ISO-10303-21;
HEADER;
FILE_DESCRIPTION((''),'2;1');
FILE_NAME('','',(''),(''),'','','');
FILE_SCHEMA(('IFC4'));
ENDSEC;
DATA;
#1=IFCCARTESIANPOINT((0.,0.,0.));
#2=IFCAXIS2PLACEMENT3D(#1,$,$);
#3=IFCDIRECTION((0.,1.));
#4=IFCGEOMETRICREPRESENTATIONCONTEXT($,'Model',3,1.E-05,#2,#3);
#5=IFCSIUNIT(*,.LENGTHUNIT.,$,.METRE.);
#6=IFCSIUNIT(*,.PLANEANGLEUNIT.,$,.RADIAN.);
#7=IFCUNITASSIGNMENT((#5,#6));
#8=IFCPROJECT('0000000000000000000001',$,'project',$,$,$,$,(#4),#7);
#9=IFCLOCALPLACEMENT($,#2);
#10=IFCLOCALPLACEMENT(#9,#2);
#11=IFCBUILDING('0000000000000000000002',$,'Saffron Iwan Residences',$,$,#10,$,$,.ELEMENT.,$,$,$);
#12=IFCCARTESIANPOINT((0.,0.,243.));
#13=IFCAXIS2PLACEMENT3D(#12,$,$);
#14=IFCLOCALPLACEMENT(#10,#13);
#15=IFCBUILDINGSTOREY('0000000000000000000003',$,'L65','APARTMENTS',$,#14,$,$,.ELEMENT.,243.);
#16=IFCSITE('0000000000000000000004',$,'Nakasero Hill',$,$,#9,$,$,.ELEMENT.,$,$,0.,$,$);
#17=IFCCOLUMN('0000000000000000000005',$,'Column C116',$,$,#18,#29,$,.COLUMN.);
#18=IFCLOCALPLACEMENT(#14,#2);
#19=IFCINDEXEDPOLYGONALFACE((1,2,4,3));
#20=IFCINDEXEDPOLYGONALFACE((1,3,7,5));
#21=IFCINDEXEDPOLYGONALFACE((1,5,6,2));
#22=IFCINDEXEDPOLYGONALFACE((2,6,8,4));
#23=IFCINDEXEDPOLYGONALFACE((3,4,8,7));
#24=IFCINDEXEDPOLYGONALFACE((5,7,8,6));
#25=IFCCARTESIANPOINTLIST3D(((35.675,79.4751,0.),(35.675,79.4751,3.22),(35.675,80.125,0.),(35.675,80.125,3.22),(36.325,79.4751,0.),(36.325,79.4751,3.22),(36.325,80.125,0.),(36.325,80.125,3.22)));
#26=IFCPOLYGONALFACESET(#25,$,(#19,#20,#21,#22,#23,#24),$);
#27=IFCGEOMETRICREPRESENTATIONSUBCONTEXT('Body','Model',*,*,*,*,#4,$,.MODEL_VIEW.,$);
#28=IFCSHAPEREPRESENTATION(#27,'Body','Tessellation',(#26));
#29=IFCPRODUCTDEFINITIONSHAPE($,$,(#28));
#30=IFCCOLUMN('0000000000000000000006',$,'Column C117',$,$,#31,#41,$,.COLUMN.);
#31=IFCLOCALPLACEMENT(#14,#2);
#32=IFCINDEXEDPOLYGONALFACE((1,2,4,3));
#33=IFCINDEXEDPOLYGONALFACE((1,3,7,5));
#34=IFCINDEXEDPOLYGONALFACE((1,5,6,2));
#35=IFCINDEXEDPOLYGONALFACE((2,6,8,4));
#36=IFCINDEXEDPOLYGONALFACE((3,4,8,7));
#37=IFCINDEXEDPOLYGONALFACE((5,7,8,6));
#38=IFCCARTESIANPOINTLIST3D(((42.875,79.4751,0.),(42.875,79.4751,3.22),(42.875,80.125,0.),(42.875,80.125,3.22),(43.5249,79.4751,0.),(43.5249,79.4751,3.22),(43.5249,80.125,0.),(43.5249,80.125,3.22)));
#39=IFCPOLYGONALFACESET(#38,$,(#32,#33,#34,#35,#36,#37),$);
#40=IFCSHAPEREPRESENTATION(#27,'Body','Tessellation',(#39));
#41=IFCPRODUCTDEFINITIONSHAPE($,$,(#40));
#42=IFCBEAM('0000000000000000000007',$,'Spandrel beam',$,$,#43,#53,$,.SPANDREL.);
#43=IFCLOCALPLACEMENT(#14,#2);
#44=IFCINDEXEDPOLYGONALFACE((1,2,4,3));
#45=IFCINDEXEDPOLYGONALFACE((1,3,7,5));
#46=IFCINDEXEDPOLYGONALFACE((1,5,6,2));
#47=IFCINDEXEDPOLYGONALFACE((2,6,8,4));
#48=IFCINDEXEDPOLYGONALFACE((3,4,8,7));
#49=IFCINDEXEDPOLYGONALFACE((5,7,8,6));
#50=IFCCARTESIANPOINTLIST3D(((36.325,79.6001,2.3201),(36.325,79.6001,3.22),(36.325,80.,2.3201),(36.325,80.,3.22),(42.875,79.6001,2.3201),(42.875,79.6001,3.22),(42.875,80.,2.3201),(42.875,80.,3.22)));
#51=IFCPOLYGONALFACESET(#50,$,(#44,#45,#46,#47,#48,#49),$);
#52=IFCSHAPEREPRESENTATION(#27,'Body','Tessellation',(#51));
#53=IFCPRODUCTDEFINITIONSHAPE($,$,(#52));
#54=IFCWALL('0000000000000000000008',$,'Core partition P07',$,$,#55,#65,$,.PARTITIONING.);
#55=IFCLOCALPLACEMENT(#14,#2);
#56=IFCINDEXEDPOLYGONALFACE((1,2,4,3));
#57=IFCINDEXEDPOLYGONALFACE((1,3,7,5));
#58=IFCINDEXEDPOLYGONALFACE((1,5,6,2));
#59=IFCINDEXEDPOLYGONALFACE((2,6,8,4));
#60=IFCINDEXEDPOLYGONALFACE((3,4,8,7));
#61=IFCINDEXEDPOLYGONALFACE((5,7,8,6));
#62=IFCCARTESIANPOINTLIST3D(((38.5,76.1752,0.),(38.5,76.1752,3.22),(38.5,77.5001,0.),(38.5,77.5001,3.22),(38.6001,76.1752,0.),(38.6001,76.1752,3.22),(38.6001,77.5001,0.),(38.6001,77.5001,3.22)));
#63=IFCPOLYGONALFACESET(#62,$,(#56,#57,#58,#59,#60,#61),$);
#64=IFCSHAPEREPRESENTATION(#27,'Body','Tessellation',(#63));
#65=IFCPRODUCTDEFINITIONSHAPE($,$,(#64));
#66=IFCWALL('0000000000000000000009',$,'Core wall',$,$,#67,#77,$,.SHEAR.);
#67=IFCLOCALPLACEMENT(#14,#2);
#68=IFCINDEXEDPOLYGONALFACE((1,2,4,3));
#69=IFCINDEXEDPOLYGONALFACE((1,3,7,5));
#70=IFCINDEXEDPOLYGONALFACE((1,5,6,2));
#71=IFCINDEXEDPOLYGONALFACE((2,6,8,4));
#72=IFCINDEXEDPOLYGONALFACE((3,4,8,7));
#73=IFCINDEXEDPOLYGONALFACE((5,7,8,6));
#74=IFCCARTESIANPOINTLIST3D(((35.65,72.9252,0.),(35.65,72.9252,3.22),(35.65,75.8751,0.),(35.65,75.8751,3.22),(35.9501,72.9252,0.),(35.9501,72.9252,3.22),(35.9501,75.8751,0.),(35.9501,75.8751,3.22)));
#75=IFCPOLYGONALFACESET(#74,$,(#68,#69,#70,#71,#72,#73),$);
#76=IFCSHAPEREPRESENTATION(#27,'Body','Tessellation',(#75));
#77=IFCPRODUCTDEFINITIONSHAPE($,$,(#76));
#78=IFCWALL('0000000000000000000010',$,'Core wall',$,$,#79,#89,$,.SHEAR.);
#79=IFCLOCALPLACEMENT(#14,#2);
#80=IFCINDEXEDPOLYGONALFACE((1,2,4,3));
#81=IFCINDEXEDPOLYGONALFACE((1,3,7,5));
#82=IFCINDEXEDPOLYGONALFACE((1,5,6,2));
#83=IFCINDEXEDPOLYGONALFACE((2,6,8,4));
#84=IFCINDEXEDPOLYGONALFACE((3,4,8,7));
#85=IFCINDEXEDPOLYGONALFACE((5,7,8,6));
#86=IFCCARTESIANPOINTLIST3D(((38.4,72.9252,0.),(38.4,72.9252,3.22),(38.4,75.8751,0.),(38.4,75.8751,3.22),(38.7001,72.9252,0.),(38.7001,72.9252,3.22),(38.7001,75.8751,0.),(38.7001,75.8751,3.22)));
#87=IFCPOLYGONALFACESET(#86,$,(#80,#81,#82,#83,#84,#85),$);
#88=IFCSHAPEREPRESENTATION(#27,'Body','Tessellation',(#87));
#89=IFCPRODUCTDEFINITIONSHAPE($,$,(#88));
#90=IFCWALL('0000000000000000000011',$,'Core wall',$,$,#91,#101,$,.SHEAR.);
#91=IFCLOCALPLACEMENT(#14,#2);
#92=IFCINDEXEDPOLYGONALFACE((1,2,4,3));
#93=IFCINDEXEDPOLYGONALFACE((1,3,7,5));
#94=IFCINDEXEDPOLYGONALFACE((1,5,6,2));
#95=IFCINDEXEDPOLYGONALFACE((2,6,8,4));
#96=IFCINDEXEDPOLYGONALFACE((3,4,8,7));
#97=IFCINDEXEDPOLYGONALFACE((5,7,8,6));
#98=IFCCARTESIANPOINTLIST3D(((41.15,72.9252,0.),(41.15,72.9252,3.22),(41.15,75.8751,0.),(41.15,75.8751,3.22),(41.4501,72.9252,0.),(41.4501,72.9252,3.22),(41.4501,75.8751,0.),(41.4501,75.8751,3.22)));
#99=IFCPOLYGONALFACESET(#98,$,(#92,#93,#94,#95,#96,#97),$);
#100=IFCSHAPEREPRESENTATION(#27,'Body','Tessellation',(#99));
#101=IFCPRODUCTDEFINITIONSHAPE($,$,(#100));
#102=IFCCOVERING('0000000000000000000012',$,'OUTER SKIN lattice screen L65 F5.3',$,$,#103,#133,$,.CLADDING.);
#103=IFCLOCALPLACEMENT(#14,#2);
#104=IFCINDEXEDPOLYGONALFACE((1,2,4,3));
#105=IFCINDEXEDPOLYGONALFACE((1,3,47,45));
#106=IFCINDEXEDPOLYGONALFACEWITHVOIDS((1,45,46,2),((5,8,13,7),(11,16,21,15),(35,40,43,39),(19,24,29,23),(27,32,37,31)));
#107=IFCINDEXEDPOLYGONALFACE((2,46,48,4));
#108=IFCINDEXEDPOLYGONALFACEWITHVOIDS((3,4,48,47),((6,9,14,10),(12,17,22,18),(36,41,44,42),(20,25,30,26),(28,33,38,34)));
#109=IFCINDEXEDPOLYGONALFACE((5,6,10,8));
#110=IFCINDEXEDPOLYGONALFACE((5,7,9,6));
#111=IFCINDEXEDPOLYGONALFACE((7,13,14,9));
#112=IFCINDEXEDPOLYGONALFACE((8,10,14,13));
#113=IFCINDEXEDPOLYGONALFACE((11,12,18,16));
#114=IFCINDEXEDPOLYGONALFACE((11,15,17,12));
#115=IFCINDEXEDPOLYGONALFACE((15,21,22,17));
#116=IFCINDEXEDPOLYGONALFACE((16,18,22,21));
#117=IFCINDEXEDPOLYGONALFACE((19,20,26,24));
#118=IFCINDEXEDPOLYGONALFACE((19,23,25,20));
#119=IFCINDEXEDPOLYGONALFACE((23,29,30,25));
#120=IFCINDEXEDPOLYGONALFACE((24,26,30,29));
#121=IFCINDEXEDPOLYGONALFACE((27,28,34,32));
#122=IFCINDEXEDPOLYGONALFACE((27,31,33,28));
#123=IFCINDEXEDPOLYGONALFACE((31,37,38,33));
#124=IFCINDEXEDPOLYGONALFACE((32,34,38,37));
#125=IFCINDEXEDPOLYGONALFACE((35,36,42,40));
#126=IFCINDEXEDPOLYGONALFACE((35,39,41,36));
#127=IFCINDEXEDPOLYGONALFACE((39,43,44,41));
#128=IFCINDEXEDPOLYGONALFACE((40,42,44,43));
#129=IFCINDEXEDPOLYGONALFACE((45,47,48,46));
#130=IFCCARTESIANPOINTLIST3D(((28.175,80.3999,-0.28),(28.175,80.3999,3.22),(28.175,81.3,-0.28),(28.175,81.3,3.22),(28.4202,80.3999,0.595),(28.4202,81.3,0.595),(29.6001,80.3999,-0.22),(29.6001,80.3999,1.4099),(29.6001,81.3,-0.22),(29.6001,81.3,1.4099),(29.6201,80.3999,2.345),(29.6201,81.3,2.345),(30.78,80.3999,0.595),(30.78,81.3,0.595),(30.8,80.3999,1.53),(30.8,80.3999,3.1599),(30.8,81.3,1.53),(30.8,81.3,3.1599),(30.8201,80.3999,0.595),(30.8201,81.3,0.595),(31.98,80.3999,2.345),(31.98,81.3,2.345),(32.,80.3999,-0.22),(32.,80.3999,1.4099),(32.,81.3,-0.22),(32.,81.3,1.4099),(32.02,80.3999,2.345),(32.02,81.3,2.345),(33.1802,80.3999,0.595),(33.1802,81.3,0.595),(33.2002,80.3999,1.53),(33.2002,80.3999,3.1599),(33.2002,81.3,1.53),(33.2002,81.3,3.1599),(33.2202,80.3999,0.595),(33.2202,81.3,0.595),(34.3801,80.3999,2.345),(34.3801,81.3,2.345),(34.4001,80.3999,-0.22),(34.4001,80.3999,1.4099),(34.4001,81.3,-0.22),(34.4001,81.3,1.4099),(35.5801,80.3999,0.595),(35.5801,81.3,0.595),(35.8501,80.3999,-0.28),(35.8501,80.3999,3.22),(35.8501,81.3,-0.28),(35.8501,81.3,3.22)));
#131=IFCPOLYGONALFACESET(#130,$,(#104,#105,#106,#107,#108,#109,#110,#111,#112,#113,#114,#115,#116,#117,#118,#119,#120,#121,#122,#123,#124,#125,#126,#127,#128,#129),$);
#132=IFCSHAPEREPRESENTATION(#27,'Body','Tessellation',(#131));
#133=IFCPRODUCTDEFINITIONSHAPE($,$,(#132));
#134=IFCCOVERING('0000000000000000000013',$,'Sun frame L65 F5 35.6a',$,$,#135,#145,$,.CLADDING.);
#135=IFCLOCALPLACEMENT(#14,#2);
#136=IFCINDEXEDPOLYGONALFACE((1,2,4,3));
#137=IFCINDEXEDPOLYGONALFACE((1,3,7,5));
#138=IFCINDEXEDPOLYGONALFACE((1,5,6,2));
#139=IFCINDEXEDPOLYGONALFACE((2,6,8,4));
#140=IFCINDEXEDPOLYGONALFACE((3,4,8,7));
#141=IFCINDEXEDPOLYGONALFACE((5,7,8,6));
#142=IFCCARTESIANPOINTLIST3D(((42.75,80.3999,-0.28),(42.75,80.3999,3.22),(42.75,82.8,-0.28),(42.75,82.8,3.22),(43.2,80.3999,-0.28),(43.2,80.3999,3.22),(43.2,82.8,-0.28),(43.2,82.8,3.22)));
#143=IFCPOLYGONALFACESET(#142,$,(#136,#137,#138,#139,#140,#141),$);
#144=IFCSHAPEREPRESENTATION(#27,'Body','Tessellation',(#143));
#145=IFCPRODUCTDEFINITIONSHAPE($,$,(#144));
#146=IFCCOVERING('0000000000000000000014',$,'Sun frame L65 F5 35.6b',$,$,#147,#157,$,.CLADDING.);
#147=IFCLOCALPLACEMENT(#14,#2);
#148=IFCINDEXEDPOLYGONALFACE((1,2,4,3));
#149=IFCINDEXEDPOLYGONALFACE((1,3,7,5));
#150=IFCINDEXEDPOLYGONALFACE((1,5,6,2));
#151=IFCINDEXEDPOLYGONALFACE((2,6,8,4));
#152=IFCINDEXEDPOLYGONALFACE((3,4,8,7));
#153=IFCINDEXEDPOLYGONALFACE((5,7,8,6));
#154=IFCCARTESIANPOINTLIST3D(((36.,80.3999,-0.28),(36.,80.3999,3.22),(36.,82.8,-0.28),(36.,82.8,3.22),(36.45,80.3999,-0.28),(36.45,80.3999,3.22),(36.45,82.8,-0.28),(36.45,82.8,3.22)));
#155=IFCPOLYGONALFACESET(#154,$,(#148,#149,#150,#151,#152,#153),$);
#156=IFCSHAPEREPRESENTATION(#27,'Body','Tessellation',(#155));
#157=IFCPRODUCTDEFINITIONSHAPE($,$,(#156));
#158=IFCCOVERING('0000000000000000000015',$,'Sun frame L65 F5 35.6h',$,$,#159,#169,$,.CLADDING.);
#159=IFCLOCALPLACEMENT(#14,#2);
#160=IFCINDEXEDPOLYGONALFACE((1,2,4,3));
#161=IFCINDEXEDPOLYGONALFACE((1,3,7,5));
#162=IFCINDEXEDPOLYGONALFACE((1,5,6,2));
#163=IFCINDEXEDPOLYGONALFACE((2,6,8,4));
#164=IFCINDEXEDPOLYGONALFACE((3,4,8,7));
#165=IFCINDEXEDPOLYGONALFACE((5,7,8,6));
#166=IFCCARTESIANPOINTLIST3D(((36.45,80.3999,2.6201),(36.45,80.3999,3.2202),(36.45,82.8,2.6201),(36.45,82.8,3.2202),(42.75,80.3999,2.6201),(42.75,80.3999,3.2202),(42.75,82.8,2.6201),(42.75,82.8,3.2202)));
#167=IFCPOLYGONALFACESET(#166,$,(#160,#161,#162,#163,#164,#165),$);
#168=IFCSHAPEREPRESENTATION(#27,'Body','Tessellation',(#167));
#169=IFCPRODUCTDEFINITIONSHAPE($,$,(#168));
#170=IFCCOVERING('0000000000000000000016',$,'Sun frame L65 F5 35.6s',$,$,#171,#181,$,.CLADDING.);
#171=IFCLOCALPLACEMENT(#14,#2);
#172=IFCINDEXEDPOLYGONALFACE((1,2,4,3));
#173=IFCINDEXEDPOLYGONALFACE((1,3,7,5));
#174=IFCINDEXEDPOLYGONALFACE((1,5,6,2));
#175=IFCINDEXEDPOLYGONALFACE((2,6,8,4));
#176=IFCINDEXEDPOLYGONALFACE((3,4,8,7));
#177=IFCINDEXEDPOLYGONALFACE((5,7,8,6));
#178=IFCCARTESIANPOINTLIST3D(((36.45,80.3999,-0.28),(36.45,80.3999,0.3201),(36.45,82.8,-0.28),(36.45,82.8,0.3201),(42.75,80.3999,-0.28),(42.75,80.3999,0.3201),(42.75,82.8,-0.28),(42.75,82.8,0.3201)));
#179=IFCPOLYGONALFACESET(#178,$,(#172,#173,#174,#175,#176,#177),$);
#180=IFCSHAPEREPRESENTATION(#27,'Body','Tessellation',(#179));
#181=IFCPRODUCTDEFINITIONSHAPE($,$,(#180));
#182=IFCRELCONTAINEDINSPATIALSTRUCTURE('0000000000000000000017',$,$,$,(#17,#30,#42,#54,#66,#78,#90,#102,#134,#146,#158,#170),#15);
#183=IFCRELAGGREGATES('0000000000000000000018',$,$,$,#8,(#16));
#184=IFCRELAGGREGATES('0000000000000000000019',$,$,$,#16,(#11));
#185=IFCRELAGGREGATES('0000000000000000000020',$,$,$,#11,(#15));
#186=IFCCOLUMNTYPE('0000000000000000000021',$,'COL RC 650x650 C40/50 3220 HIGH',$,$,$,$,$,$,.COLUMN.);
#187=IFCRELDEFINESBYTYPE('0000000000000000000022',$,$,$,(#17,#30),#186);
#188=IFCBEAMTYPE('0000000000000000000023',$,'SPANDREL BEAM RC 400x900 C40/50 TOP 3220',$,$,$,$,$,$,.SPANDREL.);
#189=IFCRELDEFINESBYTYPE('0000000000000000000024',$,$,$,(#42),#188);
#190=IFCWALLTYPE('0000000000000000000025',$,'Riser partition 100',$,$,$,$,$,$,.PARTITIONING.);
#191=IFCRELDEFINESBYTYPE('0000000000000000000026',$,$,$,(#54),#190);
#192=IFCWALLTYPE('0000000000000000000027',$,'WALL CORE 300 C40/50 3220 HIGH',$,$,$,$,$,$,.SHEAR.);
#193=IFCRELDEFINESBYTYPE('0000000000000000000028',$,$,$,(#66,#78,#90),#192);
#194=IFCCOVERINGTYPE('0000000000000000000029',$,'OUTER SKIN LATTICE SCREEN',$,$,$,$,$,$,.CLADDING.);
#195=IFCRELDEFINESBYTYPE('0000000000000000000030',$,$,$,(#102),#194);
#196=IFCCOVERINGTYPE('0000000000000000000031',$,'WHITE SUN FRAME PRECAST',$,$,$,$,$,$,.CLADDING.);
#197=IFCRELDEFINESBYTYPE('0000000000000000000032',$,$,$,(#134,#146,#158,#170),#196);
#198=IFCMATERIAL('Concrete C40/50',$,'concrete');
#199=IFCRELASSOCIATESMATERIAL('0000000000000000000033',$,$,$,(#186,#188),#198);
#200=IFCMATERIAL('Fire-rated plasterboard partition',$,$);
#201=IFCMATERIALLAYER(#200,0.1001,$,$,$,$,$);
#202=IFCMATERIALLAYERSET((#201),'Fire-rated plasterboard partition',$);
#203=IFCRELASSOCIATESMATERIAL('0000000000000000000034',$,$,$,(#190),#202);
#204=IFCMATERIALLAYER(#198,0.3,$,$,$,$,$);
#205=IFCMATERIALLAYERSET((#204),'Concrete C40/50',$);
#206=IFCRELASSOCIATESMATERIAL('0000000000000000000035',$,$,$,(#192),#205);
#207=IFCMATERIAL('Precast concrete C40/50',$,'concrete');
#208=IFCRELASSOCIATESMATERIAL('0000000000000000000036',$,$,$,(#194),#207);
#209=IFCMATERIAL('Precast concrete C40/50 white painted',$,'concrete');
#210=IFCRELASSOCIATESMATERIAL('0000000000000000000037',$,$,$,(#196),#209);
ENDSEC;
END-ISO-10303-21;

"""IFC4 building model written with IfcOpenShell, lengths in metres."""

from ifc_helpers import new_model, si_unit, direction, frame, frame_2d, origin, origin_2d, place, context, subcontext, project, spatial, polyline, rectangle, outline, extrude, source, transform, mapped, material, layer, layer_set, material_profile, profile_set, type_object, element, save


model = new_model("IFC4")

# Units and contexts
model_context = context("Model", 3, precision=1e-05, world=origin(), true_north=direction((0.0, 1.0)))
body_context = subcontext(model_context, "Body", "Model", "MODEL_VIEW")
ifc_project = project(units=[si_unit("LENGTHUNIT", "METRE"), si_unit("PLANEANGLEUNIT", "RADIAN")], contexts=[model_context])

# Site, building, storey
site_placement = place(None, origin())
site = spatial("IfcSite", under=ifc_project, at=site_placement, Name="Nakasero Hill", CompositionType="ELEMENT", RefElevation=0.0)
building_placement = place(site_placement, origin())
building = spatial("IfcBuilding", under=site, at=building_placement, Name="Saffron Iwan Residences", CompositionType="ELEMENT")
storey_placement = place(building_placement, frame((0.0, 0.0, 243.0)))
storey = spatial("IfcBuildingStorey", under=building, at=storey_placement, Name="L65", Description="APARTMENTS", CompositionType="ELEMENT", Elevation=243.0)

# Columns
ifc_material_1 = material(Name="Concrete C40/50", Category="concrete")
ifc_material_profile_1 = material_profile(ifc_material_1, rectangle(XDim=0.6499, YDim=0.6499, at=origin_2d()), Name="RC 650x650")
ifc_profile_set_1 = profile_set([ifc_material_profile_1], Name="Concrete C40/50")
column_type = type_object("IfcColumnType", Name="COL RC 650x650 C40/50 3220 HIGH", PredefinedType="COLUMN", material=ifc_profile_set_1)
shared_shape_1 = source(origin(), body_context, "Body", "SweptSolid", [
    extrude(rectangle(XDim=0.6499, YDim=0.6499, at=origin_2d()), origin(), (0.0, 0.0, 1.0), 3.22),
])
for number, where, z_axis, x_axis, name in (
    (1, (36.0, 79.8, 0.0), (0.0, 0.0, 1.0), (1.0, 0.0, 0.0), "Column C116"),
    (2, (43.2, 79.8, 0.0), (0.0, 0.0, 1.0), (1.0, 0.0, 0.0), "Column C117"),
):
    element("IfcColumn", number, at=place(storey_placement, frame(where, z_axis=z_axis, x_axis=x_axis)), inside=storey, type_object=column_type, Name=name, PredefinedType="COLUMN", context=body_context, shape_type="MappedRepresentation", body=[
        mapped(shared_shape_1, transform((0.0, 0.0, 0.0))),
    ])

# Beam
ifc_material_profile_2 = material_profile(ifc_material_1, rectangle(XDim=0.3999, YDim=0.8999, at=origin_2d()), Name="RC 400x900")
ifc_profile_set_2 = profile_set([ifc_material_profile_2], Name="Concrete C40/50")
beam_type = type_object("IfcBeamType", Name="SPANDREL BEAM RC 400x900 C40/50 TOP 3220", PredefinedType="SPANDREL", material=ifc_profile_set_2)
shared_shape_2 = source(origin(), body_context, "Body", "SweptSolid", [
    extrude(rectangle(XDim=0.3999, YDim=0.8999, at=origin_2d()), origin(), (0.0, 0.0, 1.0), 6.55),
])
beam_placement = place(storey_placement, frame((36.325, 79.8, 2.77), z_axis=(1.0, 0.0, 0.0), x_axis=(0.0, 1.0, 0.0)))
element("IfcBeam", 3, at=beam_placement, inside=storey, type_object=beam_type, Name="Spandrel beam", PredefinedType="SPANDREL", context=body_context, shape_type="MappedRepresentation", body=[
    mapped(shared_shape_2, transform((0.0, 0.0, 0.0))),
])

# Walls
ifc_material_2 = material(Name="Fire-rated plasterboard partition")
ifc_layer_1 = layer(ifc_material_2, 0.1001)
ifc_layer_set_1 = layer_set([ifc_layer_1], Name="Fire-rated plasterboard partition")
wall_type_1 = type_object("IfcWallType", Name="Riser partition 100", PredefinedType="PARTITIONING", material=ifc_layer_set_1)
wall_placement = place(storey_placement, frame((38.55, 76.175, 0.0), z_axis=(0.0, 0.0, 1.0), x_axis=(0.0, 1.0, 0.0)))
element("IfcWall", 4, at=wall_placement, inside=storey, type_object=wall_type_1, Name="Core partition P07", PredefinedType="PARTITIONING", context=body_context, shape_type="SweptSolid", body=[
    extrude(rectangle(XDim=1.325, YDim=0.1001, at=frame_2d((0.6626, 0.0))), origin(), (0.0, 0.0, 1.0), 3.22),
])
ifc_layer_2 = layer(ifc_material_1, 0.3)
ifc_layer_set_2 = layer_set([ifc_layer_2], Name="Concrete C40/50")
wall_type_2 = type_object("IfcWallType", Name="WALL CORE 300 C40/50 3220 HIGH", PredefinedType="SHEAR", material=ifc_layer_set_2)
for number, where, z_axis, x_axis, name in (
    (5, (35.8, 72.925, 0.0), (0.0, 0.0, 1.0), (0.0, 1.0, 0.0), "Core wall"),
    (6, (38.55, 72.925, 0.0), (0.0, 0.0, 1.0), (0.0, 1.0, 0.0), "Core wall"),
    (7, (41.3, 72.925, 0.0), (0.0, 0.0, 1.0), (0.0, 1.0, 0.0), "Core wall"),
):
    element("IfcWall", number, at=place(storey_placement, frame(where, z_axis=z_axis, x_axis=x_axis)), inside=storey, type_object=wall_type_2, Name=name, PredefinedType="SHEAR", context=body_context, shape_type="SweptSolid", body=[
        extrude(rectangle(XDim=2.95, YDim=0.3, at=frame_2d((1.4751, 0.0))), origin(), (0.0, 0.0, 1.0), 3.22),
    ])

# Coverings
ifc_material_3 = material(Name="Precast concrete C40/50", Category="concrete")
covering_type_1 = type_object("IfcCoveringType", Name="OUTER SKIN LATTICE SCREEN", PredefinedType="CLADDING", material=ifc_material_3)
covering_placement = place(storey_placement, frame((35.8501, 80.3999, -0.28), z_axis=(0.0, 1.0, 0.0), x_axis=(-1.0, 0.0, 0.0)))
element("IfcCovering", 8, at=covering_placement, inside=storey, type_object=covering_type_1, Name="OUTER SKIN lattice screen L65 F5.3", PredefinedType="CLADDING", context=body_context, shape_type="SweptSolid", body=[
    extrude(outline(polyline([(0.0, 0.0), (7.675, 0.0), (7.675, 3.5), (0.0, 3.5), (0.0, 0.0)]), holes=[polyline([(0.27, 0.875), (1.45, 0.0601), (2.6299, 0.875), (1.45, 1.6899), (0.27, 0.875)]), polyline([(2.6699, 0.875), (3.8501, 0.0601), (5.03, 0.875), (3.8501, 1.6899), (2.6699, 0.875)]), polyline([(5.0701, 0.875), (6.25, 0.0601), (7.4299, 0.875), (6.25, 1.6899), (5.0701, 0.875)]), polyline([(1.47, 2.625), (2.6499, 1.8101), (3.8301, 2.625), (2.6499, 3.4399), (1.47, 2.625)]), polyline([(3.8701, 2.625), (5.05, 1.8101), (6.23, 2.625), (5.05, 3.4399), (3.8701, 2.625)])]), origin(), (0.0, 0.0, 1.0), 0.9001),
])
ifc_material_4 = material(Name="Precast concrete C40/50 white painted", Category="concrete")
covering_type_2 = type_object("IfcCoveringType", Name="WHITE SUN FRAME PRECAST", PredefinedType="CLADDING", material=ifc_material_4)
for number, where, z_axis, x_axis, name in (
    (9, (43.2, 80.3999, -0.28), (0.0, 1.0, 0.0), (-1.0, 0.0, 0.0), "Sun frame L65 F5 35.6a"),
    (10, (36.45, 80.3999, -0.28), (0.0, 1.0, 0.0), (-1.0, 0.0, 0.0), "Sun frame L65 F5 35.6b"),
):
    element("IfcCovering", number, at=place(storey_placement, frame(where, z_axis=z_axis, x_axis=x_axis)), inside=storey, type_object=covering_type_2, Name=name, PredefinedType="CLADDING", context=body_context, shape_type="SweptSolid", body=[
        extrude(outline(polyline([(0.0, 0.0), (0.45, 0.0), (0.45, 3.5), (0.0, 3.5), (0.0, 0.0)])), origin(), (0.0, 0.0, 1.0), 2.4001),
    ])
for number, where, z_axis, x_axis, name in (
    (11, (42.75, 80.3999, 2.6201), (0.0, 1.0, 0.0), (-1.0, 0.0, 0.0), "Sun frame L65 F5 35.6h"),
    (12, (42.75, 80.3999, -0.28), (0.0, 1.0, 0.0), (-1.0, 0.0, 0.0), "Sun frame L65 F5 35.6s"),
):
    element("IfcCovering", number, at=place(storey_placement, frame(where, z_axis=z_axis, x_axis=x_axis)), inside=storey, type_object=covering_type_2, Name=name, PredefinedType="CLADDING", context=body_context, shape_type="SweptSolid", body=[
        extrude(outline(polyline([(0.0, 0.0), (6.3, 0.0), (6.3, 0.6001), (0.0, 0.6001), (0.0, 0.0)])), origin(), (0.0, 0.0, 1.0), 2.4001),
    ])

save(model, "model.ifc")
